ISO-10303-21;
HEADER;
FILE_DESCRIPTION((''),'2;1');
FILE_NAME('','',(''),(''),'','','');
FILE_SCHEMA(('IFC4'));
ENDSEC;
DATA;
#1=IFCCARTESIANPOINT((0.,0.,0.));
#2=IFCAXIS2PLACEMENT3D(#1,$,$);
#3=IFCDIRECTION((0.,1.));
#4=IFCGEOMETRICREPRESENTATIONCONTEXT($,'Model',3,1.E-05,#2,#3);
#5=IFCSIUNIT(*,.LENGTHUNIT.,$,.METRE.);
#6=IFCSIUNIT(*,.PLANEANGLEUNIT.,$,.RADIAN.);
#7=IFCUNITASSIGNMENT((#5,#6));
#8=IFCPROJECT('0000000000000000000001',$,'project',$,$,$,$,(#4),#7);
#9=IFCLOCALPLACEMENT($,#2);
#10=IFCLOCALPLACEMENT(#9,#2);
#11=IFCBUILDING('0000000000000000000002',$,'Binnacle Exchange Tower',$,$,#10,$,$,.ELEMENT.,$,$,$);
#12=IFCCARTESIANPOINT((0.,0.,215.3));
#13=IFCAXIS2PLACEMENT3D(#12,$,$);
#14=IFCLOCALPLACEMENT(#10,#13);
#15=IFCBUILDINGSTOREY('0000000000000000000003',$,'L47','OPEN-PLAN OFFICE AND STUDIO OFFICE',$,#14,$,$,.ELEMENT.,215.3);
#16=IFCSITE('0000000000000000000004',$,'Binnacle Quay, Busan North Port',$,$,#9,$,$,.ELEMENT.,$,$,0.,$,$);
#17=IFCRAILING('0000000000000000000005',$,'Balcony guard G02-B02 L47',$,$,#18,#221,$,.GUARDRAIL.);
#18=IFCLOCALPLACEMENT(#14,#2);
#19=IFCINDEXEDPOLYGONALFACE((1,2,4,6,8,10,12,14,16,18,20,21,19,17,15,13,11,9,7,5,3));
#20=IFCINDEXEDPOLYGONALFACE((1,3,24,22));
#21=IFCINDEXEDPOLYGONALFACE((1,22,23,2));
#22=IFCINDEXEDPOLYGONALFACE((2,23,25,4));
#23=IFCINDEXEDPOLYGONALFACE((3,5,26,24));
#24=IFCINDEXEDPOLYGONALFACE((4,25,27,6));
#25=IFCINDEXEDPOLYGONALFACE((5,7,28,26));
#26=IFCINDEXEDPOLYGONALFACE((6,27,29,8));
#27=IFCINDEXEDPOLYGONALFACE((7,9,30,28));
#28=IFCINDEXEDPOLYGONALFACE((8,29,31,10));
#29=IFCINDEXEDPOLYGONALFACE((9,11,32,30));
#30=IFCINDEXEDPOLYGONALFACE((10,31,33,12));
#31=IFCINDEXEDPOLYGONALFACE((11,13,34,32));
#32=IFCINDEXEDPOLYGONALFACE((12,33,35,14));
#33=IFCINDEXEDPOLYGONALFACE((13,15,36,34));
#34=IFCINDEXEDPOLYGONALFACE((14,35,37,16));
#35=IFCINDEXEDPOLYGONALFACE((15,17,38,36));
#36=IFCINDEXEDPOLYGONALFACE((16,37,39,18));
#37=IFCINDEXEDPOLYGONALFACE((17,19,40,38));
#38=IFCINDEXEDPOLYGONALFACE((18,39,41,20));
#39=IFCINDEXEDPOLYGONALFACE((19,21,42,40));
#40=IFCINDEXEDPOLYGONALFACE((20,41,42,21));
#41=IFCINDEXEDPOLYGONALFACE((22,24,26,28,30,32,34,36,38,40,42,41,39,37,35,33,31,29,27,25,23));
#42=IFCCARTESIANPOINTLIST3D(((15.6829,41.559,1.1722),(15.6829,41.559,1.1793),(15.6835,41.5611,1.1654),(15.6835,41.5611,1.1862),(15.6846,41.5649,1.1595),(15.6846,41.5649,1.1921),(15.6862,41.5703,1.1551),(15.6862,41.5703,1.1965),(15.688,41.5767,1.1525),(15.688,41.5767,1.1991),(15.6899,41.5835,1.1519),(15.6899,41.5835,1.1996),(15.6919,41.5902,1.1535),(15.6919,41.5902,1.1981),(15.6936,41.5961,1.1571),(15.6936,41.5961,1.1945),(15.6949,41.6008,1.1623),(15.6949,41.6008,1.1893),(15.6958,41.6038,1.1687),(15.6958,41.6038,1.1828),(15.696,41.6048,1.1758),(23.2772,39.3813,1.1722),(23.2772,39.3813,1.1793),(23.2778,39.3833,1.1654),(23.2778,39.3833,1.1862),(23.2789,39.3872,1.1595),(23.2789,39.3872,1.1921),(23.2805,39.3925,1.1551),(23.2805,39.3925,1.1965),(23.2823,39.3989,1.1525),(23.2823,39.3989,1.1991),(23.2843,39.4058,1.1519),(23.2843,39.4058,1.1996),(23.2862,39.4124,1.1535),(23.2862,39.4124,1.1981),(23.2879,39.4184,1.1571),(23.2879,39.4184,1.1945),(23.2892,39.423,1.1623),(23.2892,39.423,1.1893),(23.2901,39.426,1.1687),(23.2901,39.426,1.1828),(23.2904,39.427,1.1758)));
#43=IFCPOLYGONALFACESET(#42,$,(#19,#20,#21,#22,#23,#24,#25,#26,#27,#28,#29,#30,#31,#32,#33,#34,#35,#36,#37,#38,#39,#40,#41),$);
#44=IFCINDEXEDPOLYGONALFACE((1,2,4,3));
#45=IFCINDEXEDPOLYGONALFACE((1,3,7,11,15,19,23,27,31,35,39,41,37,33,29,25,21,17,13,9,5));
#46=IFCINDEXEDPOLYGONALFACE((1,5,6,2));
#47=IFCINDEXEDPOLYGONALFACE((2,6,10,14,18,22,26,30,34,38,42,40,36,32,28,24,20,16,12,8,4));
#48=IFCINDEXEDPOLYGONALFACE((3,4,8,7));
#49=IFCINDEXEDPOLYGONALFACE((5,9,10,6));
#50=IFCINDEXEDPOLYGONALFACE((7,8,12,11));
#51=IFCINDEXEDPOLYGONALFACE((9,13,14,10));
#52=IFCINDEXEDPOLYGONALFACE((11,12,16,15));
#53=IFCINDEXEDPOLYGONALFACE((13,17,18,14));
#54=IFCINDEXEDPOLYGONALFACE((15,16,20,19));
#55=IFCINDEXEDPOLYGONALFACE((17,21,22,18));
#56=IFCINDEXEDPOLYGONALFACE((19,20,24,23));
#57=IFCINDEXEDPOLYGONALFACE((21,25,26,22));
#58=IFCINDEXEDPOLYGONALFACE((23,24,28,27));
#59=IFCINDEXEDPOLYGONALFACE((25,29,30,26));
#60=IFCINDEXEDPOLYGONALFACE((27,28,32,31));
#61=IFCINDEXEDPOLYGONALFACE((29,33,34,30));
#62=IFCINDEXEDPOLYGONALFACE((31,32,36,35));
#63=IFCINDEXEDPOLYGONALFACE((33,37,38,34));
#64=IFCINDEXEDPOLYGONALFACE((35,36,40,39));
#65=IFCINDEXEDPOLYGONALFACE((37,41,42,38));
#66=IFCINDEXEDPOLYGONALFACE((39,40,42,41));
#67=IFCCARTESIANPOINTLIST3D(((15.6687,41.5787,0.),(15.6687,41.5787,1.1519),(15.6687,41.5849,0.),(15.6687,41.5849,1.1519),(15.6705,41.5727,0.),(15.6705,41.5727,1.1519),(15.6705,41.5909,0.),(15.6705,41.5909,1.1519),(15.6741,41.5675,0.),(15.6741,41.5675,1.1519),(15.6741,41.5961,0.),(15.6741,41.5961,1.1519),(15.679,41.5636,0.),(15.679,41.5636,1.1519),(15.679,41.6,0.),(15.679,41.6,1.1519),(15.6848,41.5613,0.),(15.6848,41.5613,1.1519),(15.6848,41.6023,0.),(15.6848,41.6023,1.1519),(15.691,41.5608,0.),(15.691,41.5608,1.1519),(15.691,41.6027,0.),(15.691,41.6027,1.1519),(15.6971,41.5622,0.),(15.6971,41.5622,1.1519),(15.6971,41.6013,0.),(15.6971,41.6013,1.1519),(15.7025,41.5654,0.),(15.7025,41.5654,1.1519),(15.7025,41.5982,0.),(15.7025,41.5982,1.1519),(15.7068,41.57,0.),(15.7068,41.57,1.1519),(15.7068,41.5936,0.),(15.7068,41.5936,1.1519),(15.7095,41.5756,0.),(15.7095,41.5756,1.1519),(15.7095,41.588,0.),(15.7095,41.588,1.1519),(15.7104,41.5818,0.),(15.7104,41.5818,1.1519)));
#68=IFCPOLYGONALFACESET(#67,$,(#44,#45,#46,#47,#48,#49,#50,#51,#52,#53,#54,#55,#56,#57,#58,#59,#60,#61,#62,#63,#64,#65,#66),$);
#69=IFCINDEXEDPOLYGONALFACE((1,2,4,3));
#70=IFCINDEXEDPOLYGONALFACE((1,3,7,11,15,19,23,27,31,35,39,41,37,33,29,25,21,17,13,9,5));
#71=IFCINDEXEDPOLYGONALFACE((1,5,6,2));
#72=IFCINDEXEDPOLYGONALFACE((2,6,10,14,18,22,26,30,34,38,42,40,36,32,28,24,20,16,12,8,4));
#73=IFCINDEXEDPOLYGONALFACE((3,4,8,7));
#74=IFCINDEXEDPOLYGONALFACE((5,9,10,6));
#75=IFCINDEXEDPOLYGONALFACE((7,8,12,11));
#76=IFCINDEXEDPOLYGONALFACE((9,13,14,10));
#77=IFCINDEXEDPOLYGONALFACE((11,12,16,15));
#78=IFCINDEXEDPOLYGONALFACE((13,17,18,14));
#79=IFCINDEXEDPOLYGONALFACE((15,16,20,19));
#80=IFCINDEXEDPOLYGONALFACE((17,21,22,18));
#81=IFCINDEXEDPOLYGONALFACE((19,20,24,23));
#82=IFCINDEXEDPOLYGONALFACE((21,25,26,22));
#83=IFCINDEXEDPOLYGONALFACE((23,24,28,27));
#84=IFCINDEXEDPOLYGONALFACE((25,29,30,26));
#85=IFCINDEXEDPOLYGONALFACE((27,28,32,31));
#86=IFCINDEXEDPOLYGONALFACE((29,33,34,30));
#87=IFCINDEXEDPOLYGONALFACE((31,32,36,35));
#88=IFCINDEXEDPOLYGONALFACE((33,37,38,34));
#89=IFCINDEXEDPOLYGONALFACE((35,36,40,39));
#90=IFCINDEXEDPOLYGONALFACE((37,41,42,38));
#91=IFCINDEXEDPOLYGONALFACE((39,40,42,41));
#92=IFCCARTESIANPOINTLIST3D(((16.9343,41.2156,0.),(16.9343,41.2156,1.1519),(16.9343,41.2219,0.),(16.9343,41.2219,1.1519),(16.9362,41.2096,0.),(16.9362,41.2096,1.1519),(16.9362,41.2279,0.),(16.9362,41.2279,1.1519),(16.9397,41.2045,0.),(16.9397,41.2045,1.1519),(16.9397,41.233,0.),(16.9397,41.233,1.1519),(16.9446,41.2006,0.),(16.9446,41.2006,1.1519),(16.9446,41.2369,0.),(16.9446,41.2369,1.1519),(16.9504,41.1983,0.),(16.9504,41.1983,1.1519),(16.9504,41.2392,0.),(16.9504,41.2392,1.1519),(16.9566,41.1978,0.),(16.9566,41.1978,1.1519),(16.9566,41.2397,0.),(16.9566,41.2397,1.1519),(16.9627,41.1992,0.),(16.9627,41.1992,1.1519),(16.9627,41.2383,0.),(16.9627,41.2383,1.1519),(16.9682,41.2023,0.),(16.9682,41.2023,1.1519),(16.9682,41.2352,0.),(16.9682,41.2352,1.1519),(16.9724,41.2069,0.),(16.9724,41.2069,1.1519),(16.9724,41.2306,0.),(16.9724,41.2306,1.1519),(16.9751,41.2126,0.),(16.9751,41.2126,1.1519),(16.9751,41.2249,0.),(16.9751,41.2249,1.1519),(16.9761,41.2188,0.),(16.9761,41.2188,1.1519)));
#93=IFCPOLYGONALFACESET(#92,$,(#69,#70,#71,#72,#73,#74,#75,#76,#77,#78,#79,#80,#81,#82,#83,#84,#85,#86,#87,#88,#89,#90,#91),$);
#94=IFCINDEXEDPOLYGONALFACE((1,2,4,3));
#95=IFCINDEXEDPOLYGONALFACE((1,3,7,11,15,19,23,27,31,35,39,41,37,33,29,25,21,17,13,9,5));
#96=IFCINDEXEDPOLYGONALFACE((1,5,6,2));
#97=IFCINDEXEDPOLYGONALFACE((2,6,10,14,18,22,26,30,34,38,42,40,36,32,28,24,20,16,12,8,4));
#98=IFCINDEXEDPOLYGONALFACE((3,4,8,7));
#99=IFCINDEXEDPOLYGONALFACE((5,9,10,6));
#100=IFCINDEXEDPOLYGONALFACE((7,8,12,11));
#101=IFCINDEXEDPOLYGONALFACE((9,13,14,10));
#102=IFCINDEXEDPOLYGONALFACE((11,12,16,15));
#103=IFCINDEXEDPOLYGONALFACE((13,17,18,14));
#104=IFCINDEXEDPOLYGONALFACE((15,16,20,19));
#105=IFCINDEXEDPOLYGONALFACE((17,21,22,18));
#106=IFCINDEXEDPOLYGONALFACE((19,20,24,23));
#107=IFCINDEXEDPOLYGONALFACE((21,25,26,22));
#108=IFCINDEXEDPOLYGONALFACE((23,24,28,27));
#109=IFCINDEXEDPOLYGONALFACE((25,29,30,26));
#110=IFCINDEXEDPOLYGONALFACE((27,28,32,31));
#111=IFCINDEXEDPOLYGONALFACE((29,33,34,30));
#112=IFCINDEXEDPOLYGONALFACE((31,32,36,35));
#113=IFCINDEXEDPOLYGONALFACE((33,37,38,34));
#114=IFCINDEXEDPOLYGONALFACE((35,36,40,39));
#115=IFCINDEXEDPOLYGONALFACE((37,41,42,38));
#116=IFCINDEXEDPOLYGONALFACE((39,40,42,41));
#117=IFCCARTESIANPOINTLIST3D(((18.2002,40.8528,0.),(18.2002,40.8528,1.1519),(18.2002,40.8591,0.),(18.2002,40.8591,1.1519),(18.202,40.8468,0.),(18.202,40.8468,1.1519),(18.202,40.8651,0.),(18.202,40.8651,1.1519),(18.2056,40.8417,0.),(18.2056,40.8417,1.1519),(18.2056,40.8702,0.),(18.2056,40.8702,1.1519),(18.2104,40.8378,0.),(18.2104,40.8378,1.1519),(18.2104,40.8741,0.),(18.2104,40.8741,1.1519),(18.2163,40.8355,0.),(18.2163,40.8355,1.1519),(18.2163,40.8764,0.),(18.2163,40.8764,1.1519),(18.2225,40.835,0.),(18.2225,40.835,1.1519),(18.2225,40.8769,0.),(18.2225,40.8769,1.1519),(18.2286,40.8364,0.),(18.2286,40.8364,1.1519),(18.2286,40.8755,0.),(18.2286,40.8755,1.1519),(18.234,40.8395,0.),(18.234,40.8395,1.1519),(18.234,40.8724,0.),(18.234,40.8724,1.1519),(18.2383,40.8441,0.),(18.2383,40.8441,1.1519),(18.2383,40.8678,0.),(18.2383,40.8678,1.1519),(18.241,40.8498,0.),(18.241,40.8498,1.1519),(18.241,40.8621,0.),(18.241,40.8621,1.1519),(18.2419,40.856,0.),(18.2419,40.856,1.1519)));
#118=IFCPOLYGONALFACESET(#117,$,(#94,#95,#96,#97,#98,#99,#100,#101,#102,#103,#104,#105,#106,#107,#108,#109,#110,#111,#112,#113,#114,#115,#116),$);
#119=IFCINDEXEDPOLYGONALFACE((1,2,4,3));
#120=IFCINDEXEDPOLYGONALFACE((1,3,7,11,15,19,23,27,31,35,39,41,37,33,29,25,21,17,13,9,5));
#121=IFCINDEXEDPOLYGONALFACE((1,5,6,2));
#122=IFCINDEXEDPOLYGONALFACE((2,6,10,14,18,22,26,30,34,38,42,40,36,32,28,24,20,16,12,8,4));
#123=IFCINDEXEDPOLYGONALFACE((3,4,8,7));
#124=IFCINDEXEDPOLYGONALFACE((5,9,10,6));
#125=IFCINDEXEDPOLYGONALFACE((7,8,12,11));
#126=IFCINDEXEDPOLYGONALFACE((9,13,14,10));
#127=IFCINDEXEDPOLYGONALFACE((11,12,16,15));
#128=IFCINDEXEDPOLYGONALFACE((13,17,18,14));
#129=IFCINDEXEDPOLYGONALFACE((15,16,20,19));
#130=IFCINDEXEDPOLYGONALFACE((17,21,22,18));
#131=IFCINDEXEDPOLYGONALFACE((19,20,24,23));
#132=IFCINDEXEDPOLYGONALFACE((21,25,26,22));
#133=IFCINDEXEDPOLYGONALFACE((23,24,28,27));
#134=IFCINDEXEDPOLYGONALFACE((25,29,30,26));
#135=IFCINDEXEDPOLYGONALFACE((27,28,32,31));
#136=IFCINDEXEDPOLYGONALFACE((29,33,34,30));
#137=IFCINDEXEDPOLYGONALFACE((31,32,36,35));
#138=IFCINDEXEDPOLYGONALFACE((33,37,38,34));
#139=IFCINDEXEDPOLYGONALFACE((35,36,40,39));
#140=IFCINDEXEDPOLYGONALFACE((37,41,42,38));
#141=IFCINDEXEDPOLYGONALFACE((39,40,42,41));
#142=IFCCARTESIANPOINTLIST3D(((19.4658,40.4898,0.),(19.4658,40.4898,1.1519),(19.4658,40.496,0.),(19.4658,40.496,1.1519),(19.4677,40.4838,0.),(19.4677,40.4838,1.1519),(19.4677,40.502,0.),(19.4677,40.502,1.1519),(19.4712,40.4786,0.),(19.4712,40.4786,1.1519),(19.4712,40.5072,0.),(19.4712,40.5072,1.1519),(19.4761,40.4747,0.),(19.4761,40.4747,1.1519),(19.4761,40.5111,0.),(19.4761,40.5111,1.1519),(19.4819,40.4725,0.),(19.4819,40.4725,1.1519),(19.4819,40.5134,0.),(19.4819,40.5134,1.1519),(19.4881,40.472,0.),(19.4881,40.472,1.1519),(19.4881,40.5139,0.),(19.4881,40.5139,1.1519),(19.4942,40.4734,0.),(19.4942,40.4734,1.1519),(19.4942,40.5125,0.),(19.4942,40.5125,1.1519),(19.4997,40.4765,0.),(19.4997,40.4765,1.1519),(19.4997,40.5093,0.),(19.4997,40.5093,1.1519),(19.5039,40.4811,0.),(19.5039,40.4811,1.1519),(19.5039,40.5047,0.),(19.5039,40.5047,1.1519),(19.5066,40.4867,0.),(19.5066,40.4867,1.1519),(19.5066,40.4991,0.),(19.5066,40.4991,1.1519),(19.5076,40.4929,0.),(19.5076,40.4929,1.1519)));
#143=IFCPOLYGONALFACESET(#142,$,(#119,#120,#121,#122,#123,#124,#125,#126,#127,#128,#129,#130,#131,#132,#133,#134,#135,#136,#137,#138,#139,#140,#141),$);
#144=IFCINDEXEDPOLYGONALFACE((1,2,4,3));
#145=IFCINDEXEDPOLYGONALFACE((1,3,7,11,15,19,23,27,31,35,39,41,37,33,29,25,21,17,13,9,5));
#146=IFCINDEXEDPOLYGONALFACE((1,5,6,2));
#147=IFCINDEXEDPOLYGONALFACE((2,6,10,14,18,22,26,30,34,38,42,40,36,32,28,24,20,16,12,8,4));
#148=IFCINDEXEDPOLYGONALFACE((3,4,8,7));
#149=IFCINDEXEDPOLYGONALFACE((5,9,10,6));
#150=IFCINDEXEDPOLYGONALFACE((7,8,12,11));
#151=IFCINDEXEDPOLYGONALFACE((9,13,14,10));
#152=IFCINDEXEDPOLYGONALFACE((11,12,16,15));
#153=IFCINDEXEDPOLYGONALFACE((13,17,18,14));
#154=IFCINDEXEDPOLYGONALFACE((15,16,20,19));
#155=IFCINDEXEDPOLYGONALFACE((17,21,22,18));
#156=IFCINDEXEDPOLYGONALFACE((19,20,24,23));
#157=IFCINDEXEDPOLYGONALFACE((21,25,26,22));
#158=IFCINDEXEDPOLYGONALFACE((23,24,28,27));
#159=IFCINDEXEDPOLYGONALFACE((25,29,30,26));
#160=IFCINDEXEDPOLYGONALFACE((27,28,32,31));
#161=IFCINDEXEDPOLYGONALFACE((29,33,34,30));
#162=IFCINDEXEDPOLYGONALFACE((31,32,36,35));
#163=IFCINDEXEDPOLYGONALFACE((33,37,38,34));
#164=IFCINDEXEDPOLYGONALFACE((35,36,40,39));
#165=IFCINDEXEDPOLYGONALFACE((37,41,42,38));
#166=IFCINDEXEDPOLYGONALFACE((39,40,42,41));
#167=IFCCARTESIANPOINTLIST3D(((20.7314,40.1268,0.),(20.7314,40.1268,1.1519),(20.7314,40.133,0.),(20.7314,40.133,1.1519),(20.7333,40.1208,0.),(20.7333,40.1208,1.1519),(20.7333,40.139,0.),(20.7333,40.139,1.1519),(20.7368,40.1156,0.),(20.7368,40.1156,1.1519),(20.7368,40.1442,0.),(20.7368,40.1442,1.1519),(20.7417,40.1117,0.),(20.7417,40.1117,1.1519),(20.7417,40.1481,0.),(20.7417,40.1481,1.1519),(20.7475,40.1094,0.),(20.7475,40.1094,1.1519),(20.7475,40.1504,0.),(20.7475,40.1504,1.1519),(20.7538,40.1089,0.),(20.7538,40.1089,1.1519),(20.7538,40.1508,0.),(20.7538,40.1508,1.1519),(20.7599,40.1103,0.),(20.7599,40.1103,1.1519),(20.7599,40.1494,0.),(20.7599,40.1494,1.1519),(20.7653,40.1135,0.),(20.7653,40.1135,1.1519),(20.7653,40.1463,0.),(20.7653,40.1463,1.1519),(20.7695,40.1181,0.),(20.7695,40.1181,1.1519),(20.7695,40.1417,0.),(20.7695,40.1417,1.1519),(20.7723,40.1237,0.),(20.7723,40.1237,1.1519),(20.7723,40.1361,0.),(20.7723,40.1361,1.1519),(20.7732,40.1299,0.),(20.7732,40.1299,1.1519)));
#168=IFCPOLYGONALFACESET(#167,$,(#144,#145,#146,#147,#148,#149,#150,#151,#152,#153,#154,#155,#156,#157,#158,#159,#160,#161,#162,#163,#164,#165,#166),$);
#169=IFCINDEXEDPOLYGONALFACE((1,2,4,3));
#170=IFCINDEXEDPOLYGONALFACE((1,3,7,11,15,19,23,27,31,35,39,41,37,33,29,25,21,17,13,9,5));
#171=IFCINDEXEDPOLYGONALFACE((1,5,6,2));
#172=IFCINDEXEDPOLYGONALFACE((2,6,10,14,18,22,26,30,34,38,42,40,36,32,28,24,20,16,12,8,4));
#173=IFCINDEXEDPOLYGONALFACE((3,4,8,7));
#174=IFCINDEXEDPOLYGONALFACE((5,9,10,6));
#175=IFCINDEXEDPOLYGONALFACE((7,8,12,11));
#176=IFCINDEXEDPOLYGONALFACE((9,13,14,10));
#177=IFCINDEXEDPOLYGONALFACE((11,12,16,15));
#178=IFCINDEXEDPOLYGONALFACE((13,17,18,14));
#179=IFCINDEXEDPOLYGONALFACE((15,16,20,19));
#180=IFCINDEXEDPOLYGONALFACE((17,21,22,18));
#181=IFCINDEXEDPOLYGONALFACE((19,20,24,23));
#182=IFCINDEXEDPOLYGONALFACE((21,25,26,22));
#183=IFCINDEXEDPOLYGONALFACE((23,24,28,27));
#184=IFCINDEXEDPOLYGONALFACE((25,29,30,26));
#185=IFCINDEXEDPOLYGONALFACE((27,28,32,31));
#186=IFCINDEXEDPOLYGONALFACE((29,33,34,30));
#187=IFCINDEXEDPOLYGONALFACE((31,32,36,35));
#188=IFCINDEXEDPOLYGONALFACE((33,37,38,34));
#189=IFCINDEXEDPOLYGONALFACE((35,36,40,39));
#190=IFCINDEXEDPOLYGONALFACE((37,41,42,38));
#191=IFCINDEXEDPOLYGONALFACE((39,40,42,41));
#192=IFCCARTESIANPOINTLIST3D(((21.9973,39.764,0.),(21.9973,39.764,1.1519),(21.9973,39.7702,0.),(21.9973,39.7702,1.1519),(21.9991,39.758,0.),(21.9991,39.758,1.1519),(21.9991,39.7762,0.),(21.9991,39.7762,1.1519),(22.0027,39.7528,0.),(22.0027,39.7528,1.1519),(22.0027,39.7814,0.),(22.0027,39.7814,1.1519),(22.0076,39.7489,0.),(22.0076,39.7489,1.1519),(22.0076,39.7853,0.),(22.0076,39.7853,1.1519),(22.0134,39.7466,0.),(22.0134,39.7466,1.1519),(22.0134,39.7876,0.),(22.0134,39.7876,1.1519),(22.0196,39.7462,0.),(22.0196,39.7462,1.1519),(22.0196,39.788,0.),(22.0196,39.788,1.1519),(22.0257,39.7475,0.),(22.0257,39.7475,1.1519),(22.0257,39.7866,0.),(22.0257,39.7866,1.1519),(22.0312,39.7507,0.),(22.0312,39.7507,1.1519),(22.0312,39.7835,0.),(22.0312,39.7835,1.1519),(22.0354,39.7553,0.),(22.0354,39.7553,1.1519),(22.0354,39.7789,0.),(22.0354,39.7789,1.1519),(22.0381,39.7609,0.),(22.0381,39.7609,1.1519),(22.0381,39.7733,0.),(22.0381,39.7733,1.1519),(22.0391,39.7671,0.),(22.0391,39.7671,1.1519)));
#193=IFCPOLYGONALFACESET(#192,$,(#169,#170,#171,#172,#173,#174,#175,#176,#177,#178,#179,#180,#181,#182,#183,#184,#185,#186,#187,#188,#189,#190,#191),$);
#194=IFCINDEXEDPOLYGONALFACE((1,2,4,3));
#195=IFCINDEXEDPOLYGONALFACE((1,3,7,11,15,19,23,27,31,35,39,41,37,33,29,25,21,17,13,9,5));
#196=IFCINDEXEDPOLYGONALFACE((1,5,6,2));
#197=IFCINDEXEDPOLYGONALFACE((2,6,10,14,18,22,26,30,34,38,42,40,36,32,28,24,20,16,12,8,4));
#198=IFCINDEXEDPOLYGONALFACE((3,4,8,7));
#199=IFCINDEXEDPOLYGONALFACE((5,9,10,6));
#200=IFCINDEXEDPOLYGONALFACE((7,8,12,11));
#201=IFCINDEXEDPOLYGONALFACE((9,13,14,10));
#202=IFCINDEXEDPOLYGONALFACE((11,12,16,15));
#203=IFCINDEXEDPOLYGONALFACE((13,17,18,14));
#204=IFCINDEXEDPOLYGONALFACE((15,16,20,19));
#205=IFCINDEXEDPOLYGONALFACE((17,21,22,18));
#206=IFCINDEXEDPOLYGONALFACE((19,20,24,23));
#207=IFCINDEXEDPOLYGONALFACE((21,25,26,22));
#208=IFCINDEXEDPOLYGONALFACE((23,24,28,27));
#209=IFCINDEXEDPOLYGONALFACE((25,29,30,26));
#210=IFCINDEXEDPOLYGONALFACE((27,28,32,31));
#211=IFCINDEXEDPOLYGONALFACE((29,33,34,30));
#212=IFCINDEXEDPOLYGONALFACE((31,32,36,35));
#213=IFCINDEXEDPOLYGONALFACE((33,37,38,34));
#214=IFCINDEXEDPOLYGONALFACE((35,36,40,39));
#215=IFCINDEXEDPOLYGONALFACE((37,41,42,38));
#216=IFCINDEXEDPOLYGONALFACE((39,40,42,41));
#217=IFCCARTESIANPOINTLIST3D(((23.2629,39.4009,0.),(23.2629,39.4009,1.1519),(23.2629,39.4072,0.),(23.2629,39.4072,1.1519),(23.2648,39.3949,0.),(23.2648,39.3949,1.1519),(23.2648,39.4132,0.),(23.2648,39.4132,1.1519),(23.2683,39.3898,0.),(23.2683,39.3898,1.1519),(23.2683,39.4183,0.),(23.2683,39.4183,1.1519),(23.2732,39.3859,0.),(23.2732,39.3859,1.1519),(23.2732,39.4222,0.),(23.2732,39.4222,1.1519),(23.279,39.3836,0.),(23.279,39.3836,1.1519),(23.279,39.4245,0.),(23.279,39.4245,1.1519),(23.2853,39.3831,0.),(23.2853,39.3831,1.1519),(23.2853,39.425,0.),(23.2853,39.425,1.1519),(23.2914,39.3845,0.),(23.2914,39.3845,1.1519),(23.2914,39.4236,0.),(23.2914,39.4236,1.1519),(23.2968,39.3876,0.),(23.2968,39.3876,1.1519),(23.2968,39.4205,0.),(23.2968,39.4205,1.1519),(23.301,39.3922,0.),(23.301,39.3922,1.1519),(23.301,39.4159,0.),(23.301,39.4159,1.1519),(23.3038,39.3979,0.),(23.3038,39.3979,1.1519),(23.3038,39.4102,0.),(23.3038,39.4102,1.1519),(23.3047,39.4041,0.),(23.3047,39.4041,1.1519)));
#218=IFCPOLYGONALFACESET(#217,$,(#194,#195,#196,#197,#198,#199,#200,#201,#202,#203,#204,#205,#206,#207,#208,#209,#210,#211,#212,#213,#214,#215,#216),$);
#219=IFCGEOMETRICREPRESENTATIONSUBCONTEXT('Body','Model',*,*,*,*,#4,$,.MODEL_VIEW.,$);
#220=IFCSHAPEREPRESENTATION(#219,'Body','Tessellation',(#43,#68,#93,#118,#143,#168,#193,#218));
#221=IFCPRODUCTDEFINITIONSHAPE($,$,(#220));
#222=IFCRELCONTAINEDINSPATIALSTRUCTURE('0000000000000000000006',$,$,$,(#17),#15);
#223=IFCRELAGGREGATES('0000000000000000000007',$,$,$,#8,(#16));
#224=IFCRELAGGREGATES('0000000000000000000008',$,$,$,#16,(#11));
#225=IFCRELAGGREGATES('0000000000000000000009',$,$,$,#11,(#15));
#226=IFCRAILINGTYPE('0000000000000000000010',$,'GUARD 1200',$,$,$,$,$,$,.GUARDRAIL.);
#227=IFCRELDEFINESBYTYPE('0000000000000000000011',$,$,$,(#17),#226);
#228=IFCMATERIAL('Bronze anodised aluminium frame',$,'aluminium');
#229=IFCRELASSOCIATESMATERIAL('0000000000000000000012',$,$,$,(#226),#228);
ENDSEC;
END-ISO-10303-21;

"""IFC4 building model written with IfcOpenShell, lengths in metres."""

from ifc_helpers import new_model, si_unit, direction, frame, origin, origin_2d, place, context, subcontext, project, spatial, circle, extrude, material, type_object, element, save


model = new_model("IFC4")

# Units and contexts
model_context = context("Model", 3, precision=1e-05, world=origin(), true_north=direction((0.0, 1.0)))
body_context = subcontext(model_context, "Body", "Model", "MODEL_VIEW")
ifc_project = project(units=[si_unit("LENGTHUNIT", "METRE"), si_unit("PLANEANGLEUNIT", "RADIAN")], contexts=[model_context])

# Site, building, storey
site_placement = place(None, origin())
site = spatial("IfcSite", under=ifc_project, at=site_placement, Name="Binnacle Quay, Busan North Port", CompositionType="ELEMENT", RefElevation=0.0)
building_placement = place(site_placement, origin())
building = spatial("IfcBuilding", under=site, at=building_placement, Name="Binnacle Exchange Tower", CompositionType="ELEMENT")
storey_placement = place(building_placement, frame((0.0, 0.0, 215.3)))
storey = spatial("IfcBuildingStorey", under=building, at=storey_placement, Name="L47", Description="OPEN-PLAN OFFICE AND STUDIO OFFICE", CompositionType="ELEMENT", Elevation=215.3)

# Shared definitions
ifc_material_1 = material(Name="Bronze anodised aluminium frame", Category="aluminium")

# Railing
railing_type = type_object("IfcRailingType", Name="GUARD 1200", PredefinedType="GUARDRAIL", material=ifc_material_1)
railing_1_placement = place(storey_placement, frame((15.6895, 41.5818, 0.0)))
element("IfcRailing", 1, at=railing_1_placement, inside=storey, type_object=railing_type, Name="Balcony guard G02-B02 L47", PredefinedType="GUARDRAIL", context=body_context, shape_type="SweptSolid", body=[
    extrude(circle(Radius=0.0239, at=origin_2d()), frame((0.0, 0.0, 1.1758), z_axis=(0.961258, -0.275652, 0.0), x_axis=(0.275652, 0.961258, 0.0)), (0.0, 0.0, 1.0), 7.9004),
    extrude(circle(Radius=0.021, at=origin_2d()), origin(), (0.0, 0.0, 1.0), 1.1519),
    extrude(circle(Radius=0.021, at=origin_2d()), frame((1.2656, -0.363, 0.0)), (0.0, 0.0, 1.0), 1.1519),
    extrude(circle(Radius=0.021, at=origin_2d()), frame((2.5315, -0.7258, 0.0)), (0.0, 0.0, 1.0), 1.1519),
    extrude(circle(Radius=0.021, at=origin_2d()), frame((3.7971, -1.0889, 0.0)), (0.0, 0.0, 1.0), 1.1519),
    extrude(circle(Radius=0.021, at=origin_2d()), frame((5.0627, -1.4519, 0.0)), (0.0, 0.0, 1.0), 1.1519),
    extrude(circle(Radius=0.021, at=origin_2d()), frame((6.3286, -1.8147, 0.0)), (0.0, 0.0, 1.0), 1.1519),
    extrude(circle(Radius=0.021, at=origin_2d()), frame((7.5942, -2.1777, 0.0)), (0.0, 0.0, 1.0), 1.1519),
])

save(model, "model.ifc")
